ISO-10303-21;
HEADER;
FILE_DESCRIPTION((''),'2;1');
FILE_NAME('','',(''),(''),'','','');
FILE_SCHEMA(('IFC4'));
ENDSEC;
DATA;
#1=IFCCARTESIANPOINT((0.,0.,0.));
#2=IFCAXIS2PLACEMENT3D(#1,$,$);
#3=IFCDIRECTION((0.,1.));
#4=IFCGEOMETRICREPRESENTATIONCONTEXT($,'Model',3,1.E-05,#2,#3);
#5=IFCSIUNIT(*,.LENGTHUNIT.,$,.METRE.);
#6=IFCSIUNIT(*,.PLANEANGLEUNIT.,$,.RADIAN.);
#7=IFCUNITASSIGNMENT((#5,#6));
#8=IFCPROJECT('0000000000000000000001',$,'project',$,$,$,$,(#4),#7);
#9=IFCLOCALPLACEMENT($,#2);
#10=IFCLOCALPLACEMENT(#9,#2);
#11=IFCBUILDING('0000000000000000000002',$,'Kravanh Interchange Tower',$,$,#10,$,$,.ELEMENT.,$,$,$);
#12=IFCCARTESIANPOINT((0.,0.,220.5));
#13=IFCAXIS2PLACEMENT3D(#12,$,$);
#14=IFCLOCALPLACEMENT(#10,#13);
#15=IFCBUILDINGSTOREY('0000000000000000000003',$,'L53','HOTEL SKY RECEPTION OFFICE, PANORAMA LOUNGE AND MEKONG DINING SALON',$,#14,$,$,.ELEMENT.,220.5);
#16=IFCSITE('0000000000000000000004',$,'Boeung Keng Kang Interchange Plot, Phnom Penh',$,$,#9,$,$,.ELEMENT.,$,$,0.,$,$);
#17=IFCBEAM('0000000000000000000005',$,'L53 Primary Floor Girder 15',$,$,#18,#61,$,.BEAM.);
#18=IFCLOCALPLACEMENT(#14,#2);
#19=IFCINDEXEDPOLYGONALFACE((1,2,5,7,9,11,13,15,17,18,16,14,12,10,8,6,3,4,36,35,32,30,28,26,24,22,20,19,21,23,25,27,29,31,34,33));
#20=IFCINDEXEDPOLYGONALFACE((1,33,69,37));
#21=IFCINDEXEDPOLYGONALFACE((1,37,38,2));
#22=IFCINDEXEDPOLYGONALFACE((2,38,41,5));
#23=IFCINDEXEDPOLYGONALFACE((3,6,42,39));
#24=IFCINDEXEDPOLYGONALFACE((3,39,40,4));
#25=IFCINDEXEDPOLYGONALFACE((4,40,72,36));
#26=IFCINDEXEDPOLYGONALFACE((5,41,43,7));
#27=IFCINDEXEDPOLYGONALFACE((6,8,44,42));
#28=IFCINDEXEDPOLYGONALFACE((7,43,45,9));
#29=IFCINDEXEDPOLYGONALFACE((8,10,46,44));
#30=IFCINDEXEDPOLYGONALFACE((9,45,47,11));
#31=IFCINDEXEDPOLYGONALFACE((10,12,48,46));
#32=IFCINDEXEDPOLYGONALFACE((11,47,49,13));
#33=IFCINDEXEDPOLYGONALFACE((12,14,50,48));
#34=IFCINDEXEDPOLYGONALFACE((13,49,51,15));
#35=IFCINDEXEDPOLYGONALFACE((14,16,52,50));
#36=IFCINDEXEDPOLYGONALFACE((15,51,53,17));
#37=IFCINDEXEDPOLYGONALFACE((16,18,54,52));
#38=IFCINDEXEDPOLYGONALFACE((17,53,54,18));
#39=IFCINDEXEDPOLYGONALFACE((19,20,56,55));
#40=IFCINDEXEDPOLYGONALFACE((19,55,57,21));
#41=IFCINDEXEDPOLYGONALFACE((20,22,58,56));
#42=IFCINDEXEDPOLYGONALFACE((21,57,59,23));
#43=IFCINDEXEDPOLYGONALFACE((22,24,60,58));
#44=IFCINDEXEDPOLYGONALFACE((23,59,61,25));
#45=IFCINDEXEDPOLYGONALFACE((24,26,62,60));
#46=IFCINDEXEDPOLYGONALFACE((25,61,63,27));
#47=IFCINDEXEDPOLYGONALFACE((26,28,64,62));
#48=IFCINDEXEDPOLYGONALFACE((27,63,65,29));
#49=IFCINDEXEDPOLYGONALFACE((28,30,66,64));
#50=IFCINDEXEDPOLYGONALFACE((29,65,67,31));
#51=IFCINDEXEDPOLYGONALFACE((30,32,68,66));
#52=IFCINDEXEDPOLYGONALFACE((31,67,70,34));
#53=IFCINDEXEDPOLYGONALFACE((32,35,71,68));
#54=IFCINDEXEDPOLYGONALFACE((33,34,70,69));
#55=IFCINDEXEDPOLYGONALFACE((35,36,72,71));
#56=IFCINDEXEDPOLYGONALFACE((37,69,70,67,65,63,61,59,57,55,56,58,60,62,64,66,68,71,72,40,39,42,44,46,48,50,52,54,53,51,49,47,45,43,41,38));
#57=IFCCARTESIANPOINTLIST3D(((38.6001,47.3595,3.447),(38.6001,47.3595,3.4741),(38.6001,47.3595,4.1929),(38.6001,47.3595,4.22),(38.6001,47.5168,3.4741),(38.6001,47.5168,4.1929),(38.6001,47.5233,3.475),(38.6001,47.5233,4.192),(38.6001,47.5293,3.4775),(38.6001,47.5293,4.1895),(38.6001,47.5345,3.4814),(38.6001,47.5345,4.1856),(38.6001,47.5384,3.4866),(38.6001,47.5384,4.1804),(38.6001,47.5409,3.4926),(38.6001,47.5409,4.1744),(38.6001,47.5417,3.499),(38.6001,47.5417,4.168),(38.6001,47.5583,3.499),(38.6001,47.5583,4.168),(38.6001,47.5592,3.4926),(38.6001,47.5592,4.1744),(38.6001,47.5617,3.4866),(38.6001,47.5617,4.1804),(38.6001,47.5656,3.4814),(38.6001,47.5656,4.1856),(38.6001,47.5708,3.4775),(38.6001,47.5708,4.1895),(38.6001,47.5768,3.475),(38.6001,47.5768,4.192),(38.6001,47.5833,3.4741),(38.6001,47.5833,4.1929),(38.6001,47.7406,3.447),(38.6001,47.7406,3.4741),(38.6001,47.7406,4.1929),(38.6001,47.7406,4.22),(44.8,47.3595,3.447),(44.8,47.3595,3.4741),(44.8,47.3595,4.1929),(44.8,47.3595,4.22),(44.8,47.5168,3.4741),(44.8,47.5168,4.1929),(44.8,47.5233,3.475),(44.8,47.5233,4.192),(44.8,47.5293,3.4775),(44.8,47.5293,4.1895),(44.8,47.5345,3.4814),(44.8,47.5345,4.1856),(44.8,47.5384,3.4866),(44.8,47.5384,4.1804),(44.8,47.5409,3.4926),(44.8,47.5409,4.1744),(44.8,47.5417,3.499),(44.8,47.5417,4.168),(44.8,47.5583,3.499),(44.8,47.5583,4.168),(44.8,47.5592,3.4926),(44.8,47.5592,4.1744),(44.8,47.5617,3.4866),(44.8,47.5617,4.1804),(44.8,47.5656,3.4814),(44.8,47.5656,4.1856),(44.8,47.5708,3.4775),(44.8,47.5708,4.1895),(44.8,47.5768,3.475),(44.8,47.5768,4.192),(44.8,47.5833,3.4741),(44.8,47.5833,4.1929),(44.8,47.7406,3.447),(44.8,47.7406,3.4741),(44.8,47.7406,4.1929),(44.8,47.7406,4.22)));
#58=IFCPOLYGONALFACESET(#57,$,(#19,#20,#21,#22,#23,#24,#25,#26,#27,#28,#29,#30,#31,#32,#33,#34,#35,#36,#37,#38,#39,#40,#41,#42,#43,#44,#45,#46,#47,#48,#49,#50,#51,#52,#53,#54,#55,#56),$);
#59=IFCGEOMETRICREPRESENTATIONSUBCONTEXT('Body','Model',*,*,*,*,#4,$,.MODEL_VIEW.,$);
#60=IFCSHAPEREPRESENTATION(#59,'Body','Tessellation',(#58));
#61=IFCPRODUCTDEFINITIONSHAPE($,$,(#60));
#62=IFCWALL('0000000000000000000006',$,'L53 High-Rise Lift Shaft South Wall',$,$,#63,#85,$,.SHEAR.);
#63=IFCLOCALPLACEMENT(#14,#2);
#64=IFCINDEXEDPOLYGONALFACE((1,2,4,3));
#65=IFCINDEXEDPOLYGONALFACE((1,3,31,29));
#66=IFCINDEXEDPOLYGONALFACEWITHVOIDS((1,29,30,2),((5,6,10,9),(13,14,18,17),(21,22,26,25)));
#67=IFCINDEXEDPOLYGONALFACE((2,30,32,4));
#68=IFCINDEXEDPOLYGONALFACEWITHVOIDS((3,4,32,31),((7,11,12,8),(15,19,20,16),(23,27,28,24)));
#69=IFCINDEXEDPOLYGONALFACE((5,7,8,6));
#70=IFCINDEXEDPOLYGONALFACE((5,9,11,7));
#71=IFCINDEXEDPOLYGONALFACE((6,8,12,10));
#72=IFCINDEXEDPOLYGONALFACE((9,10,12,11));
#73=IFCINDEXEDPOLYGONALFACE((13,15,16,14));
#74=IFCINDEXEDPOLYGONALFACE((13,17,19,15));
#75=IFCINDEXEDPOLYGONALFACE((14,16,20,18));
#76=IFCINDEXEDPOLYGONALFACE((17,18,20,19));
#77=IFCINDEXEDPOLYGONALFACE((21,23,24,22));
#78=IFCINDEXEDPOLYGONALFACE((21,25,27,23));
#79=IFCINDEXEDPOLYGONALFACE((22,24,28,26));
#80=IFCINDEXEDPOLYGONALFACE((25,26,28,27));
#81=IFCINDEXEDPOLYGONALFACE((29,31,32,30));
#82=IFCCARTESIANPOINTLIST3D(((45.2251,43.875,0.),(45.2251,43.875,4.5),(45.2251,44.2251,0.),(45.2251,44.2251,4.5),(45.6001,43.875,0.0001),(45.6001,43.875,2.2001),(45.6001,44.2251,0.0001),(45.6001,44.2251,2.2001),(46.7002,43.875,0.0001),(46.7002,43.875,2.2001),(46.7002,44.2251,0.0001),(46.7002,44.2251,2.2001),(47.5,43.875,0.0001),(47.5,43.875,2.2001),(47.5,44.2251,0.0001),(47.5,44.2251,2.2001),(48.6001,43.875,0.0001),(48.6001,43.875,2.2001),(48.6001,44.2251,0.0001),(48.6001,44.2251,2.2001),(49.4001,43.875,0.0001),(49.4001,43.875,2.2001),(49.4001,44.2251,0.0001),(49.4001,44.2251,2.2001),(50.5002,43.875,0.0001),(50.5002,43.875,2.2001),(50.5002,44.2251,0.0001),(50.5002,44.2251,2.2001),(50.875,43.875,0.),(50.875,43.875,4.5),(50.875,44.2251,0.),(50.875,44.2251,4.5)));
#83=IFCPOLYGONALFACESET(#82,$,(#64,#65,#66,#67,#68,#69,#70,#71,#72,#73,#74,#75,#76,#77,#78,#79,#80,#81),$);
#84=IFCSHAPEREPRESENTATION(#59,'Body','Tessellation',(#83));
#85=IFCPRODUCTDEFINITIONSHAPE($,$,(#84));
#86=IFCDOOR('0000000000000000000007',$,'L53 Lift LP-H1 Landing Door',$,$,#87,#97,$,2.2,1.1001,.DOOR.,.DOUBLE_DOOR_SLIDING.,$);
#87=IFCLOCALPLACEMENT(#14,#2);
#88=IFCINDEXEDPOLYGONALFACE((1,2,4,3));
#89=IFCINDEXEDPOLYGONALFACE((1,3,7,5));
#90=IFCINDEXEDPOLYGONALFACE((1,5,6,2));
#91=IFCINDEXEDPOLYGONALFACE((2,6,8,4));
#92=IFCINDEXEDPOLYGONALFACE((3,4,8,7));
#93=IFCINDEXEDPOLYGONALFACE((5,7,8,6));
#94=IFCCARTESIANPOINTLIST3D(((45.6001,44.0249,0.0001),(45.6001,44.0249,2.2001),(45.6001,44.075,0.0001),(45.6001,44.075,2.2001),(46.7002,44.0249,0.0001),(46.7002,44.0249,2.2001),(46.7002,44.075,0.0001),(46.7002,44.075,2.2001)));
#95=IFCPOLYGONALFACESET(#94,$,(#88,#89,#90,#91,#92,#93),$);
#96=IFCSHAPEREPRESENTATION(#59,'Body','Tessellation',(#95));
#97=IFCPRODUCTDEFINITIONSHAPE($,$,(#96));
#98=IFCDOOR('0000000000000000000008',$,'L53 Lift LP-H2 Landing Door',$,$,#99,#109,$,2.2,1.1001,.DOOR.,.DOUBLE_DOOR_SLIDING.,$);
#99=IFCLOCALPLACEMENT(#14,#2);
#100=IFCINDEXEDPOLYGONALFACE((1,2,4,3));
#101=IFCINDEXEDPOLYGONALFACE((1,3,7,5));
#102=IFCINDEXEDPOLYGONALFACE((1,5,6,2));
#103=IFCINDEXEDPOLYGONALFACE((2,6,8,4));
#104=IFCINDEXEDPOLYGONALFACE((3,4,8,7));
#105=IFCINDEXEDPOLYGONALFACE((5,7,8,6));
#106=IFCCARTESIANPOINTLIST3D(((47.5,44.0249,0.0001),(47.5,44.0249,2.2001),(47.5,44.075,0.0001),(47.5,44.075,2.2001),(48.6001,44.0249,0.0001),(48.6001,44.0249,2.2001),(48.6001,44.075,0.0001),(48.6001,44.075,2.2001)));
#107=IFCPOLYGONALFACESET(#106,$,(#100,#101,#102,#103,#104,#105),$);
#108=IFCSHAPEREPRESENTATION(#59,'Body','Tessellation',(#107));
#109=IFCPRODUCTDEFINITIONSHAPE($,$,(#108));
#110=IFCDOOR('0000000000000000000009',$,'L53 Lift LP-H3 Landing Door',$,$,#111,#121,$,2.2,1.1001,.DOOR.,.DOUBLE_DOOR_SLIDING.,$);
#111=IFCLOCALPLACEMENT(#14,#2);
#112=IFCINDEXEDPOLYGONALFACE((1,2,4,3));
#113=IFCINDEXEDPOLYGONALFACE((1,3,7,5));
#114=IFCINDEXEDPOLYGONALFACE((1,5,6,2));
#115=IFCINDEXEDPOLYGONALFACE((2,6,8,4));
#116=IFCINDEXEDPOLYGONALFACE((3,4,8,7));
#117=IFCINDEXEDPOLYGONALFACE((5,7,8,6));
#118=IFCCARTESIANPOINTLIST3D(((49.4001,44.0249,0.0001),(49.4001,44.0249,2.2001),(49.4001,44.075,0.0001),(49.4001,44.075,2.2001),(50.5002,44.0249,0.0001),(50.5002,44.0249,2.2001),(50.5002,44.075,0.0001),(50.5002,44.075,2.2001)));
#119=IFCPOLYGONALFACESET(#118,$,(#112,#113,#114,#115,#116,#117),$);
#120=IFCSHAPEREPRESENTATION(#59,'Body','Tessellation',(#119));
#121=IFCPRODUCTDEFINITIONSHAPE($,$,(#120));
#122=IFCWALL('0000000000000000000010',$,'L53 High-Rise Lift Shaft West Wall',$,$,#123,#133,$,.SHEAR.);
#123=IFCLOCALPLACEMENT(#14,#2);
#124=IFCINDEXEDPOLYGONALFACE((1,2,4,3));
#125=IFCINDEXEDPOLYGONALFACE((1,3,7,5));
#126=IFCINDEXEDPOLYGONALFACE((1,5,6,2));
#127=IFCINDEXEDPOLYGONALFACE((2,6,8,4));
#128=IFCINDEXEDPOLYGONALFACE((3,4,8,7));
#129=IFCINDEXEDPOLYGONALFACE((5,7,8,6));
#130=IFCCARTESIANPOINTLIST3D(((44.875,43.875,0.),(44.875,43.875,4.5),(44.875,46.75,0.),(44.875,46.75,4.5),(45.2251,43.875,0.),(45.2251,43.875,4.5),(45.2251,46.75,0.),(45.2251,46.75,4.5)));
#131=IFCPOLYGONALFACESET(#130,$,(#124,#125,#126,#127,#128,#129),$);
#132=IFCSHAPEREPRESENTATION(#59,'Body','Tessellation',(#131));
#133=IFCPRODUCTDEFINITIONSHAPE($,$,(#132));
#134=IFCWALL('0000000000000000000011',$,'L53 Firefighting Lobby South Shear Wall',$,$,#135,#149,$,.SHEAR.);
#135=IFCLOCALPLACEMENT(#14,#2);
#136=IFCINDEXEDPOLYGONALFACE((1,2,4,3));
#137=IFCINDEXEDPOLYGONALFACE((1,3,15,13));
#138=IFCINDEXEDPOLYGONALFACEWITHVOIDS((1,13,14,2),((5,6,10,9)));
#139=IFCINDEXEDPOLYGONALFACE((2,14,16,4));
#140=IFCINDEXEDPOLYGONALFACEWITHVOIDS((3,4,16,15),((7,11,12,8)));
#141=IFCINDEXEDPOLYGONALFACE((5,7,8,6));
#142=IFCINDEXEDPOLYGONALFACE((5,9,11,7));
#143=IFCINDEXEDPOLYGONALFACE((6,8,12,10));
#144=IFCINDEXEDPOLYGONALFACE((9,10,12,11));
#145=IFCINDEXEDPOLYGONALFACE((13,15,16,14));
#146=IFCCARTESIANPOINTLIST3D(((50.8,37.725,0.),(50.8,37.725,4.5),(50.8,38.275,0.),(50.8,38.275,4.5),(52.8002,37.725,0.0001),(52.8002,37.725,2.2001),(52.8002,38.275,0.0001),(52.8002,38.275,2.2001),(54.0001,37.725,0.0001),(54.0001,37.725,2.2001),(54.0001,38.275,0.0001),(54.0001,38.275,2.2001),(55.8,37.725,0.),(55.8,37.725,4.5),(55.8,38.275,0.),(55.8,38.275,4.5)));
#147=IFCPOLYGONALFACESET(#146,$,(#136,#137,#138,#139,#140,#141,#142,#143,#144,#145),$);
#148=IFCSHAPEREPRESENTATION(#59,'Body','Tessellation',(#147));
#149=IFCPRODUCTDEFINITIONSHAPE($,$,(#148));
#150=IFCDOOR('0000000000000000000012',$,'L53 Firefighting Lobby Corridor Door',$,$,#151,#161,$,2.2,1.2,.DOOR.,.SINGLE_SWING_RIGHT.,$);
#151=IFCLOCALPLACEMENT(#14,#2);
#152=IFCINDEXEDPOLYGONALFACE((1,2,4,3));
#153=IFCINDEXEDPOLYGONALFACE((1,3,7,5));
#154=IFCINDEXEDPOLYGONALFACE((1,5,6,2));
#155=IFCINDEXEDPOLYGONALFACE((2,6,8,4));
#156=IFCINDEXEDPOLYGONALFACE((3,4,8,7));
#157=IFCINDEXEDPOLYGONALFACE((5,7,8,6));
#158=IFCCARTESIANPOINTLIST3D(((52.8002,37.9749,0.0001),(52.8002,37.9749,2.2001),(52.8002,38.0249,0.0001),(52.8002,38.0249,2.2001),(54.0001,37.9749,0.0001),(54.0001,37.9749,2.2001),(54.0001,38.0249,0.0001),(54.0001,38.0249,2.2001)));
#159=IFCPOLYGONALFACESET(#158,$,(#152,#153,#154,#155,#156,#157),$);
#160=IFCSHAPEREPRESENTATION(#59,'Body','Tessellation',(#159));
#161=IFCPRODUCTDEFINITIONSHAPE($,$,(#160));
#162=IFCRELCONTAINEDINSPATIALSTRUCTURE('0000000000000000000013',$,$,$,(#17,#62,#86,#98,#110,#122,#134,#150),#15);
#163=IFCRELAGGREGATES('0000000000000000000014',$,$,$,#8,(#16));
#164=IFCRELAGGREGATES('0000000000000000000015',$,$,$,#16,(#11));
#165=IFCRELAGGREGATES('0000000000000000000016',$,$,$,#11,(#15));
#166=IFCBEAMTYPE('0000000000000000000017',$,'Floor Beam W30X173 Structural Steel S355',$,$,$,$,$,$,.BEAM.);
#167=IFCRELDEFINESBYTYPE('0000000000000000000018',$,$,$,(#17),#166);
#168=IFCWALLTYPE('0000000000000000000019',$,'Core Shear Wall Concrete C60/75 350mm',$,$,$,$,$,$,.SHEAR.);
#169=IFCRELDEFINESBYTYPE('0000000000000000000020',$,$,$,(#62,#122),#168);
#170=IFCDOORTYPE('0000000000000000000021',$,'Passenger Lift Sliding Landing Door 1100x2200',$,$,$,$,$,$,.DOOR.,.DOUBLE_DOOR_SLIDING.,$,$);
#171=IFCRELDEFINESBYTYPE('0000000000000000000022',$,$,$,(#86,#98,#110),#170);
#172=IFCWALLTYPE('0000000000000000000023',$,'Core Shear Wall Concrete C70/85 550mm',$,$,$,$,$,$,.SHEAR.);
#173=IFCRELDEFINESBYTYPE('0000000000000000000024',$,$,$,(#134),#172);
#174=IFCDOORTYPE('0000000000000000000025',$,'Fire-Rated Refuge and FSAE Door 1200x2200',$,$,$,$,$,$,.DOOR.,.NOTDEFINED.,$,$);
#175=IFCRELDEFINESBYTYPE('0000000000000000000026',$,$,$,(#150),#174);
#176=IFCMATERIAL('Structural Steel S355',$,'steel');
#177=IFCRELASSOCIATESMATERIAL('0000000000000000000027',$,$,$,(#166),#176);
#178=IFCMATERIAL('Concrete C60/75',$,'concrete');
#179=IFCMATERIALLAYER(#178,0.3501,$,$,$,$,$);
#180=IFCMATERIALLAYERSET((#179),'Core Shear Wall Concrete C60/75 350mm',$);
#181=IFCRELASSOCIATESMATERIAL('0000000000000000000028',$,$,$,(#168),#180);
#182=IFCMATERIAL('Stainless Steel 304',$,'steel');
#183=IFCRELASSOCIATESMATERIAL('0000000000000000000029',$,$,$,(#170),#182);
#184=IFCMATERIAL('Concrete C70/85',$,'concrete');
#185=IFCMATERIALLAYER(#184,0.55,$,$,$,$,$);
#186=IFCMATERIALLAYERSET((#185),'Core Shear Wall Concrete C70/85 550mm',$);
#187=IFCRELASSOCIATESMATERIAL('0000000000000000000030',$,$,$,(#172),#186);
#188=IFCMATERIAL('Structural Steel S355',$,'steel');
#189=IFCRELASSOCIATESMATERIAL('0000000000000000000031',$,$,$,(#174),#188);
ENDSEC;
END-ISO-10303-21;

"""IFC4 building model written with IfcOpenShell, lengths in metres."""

from ifc_helpers import new_model, si_unit, direction, frame, frame_2d, origin, origin_2d, place, context, subcontext, project, spatial, rectangle, i_section, extrude, material, layer, layer_set, material_profile, profile_set, type_object, element, fill, save


model = new_model("IFC4")

# Units and contexts
model_context = context("Model", 3, precision=1e-05, world=origin(), true_north=direction((0.0, 1.0)))
body_context = subcontext(model_context, "Body", "Model", "MODEL_VIEW")
ifc_project = project(units=[si_unit("LENGTHUNIT", "METRE"), si_unit("PLANEANGLEUNIT", "RADIAN")], contexts=[model_context])

# Site, building, storey
site_placement = place(None, origin())
site = spatial("IfcSite", under=ifc_project, at=site_placement, Name="Boeung Keng Kang Interchange Plot, Phnom Penh", CompositionType="ELEMENT", RefElevation=0.0)
building_placement = place(site_placement, origin())
building = spatial("IfcBuilding", under=site, at=building_placement, Name="Kravanh Interchange Tower", CompositionType="ELEMENT")
storey_placement = place(building_placement, frame((0.0, 0.0, 220.5)))
storey = spatial("IfcBuildingStorey", under=building, at=storey_placement, Name="L53", Description="HOTEL SKY RECEPTION OFFICE, PANORAMA LOUNGE AND MEKONG DINING SALON", CompositionType="ELEMENT", Elevation=220.5)

# Beam
ifc_material_1 = material(Name="Structural Steel S355", Category="steel")
ifc_material_profile_1 = material_profile(ifc_material_1, i_section(OverallWidth=0.3811, OverallDepth=0.7729, WebThickness=0.0166, FlangeThickness=0.0271, FilletRadius=0.0249, at=origin_2d()), Name="W30X173")
ifc_profile_set_1 = profile_set([ifc_material_profile_1], Name="Structural Steel S355")
beam_type = type_object("IfcBeamType", Name="Floor Beam W30X173 Structural Steel S355", PredefinedType="BEAM", material=ifc_profile_set_1)
beam_1_placement = place(storey_placement, frame((44.8, 47.55, 3.8335), z_axis=(-1.0, 0.0, 0.0), x_axis=(0.0, -1.0, 0.0)))
element("IfcBeam", 1, at=beam_1_placement, inside=storey, type_object=beam_type, Name="L53 Primary Floor Girder 15", PredefinedType="BEAM", context=body_context, shape_type="SweptSolid", body=[
    extrude(i_section(OverallWidth=0.3811, OverallDepth=0.7729, WebThickness=0.0166, FlangeThickness=0.0271, FilletRadius=0.0249, at=origin_2d()), origin(), (0.0, 0.0, 1.0), 6.2),
])

# Wall, openings, doors
ifc_material_2 = material(Name="Concrete C60/75", Category="concrete")
ifc_layer_1 = layer(ifc_material_2, 0.3501)
ifc_layer_set_1 = layer_set([ifc_layer_1], Name="Core Shear Wall Concrete C60/75 350mm")
wall_type_1 = type_object("IfcWallType", Name="Core Shear Wall Concrete C60/75 350mm", PredefinedType="SHEAR", material=ifc_layer_set_1)
wall_1_placement = place(storey_placement, frame((45.2251, 44.05, 0.0), z_axis=(0.0, 0.0, 1.0), x_axis=(1.0, 0.0, 0.0)))
wall_1 = element("IfcWall", 2, at=wall_1_placement, inside=storey, type_object=wall_type_1, Name="L53 High-Rise Lift Shaft South Wall", PredefinedType="SHEAR", context=body_context, shape_type="SweptSolid", body=[
    extrude(rectangle(XDim=5.6499, YDim=0.3501, at=frame_2d((2.825, 0.0))), origin(), (0.0, 0.0, 1.0), 4.5),
])
opening_1_placement = place(wall_1_placement, frame((0.375, 0.0, 0.0)))
opening_1 = element("IfcOpeningElement", 3, at=opening_1_placement, cuts=wall_1, PredefinedType="OPENING", context=body_context, shape_type="SweptSolid", body=[
    extrude(rectangle(XDim=1.1001, YDim=2.2, at=frame_2d((0.55, 1.1001))), frame((0.0, 0.1851, 0.0), z_axis=(0.0, -1.0, 0.0), x_axis=(1.0, 0.0, 0.0)), (0.0, 0.0, 1.0), 0.3701),
])
opening_2_placement = place(wall_1_placement, frame((2.2749, 0.0, 0.0)))
opening_2 = element("IfcOpeningElement", 4, at=opening_2_placement, cuts=wall_1, PredefinedType="OPENING", context=body_context, shape_type="SweptSolid", body=[
    extrude(rectangle(XDim=1.1001, YDim=2.2, at=frame_2d((0.55, 1.1001))), frame((0.0, 0.1851, 0.0), z_axis=(0.0, -1.0, 0.0), x_axis=(1.0, 0.0, 0.0)), (0.0, 0.0, 1.0), 0.3701),
])
opening_3_placement = place(wall_1_placement, frame((4.175, 0.0, 0.0)))
opening_3 = element("IfcOpeningElement", 5, at=opening_3_placement, cuts=wall_1, PredefinedType="OPENING", context=body_context, shape_type="SweptSolid", body=[
    extrude(rectangle(XDim=1.1001, YDim=2.2, at=frame_2d((0.55, 1.1001))), frame((0.0, 0.1851, 0.0), z_axis=(0.0, -1.0, 0.0), x_axis=(1.0, 0.0, 0.0)), (0.0, 0.0, 1.0), 0.3701),
])
ifc_material_3 = material(Name="Stainless Steel 304", Category="steel")
door_type_1 = type_object("IfcDoorType", Name="Passenger Lift Sliding Landing Door 1100x2200", OperationType="DOUBLE_DOOR_SLIDING", PredefinedType="DOOR", material=ifc_material_3)
door_1_placement = place(opening_1_placement, origin())
door_1 = element("IfcDoor", 6, at=door_1_placement, inside=storey, type_object=door_type_1, Name="L53 Lift LP-H1 Landing Door", OperationType="DOUBLE_DOOR_SLIDING", OverallHeight=2.2, OverallWidth=1.1001, PredefinedType="DOOR", context=body_context, shape_type="SweptSolid", body=[
    extrude(rectangle(XDim=1.1001, YDim=2.2, at=frame_2d((0.55, 1.1001))), frame((0.0, 0.0249, 0.0), z_axis=(0.0, -1.0, 0.0), x_axis=(1.0, 0.0, 0.0)), (0.0, 0.0, 1.0), 0.05),
])
fill(opening_1, door_1)
door_2_placement = place(opening_2_placement, origin())
door_2 = element("IfcDoor", 7, at=door_2_placement, inside=storey, type_object=door_type_1, Name="L53 Lift LP-H2 Landing Door", OperationType="DOUBLE_DOOR_SLIDING", OverallHeight=2.2, OverallWidth=1.1001, PredefinedType="DOOR", context=body_context, shape_type="SweptSolid", body=[
    extrude(rectangle(XDim=1.1001, YDim=2.2, at=frame_2d((0.55, 1.1001))), frame((0.0, 0.0249, 0.0), z_axis=(0.0, -1.0, 0.0), x_axis=(1.0, 0.0, 0.0)), (0.0, 0.0, 1.0), 0.05),
])
fill(opening_2, door_2)
door_3_placement = place(opening_3_placement, origin())
door_3 = element("IfcDoor", 8, at=door_3_placement, inside=storey, type_object=door_type_1, Name="L53 Lift LP-H3 Landing Door", OperationType="DOUBLE_DOOR_SLIDING", OverallHeight=2.2, OverallWidth=1.1001, PredefinedType="DOOR", context=body_context, shape_type="SweptSolid", body=[
    extrude(rectangle(XDim=1.1001, YDim=2.2, at=frame_2d((0.55, 1.1001))), frame((0.0, 0.0249, 0.0), z_axis=(0.0, -1.0, 0.0), x_axis=(1.0, 0.0, 0.0)), (0.0, 0.0, 1.0), 0.05),
])
fill(opening_3, door_3)

# Wall
wall_2_placement = place(storey_placement, frame((45.05, 43.875, 0.0), z_axis=(0.0, 0.0, 1.0), x_axis=(0.0, 1.0, 0.0)))
element("IfcWall", 9, at=wall_2_placement, inside=storey, type_object=wall_type_1, Name="L53 High-Rise Lift Shaft West Wall", PredefinedType="SHEAR", context=body_context, shape_type="SweptSolid", body=[
    extrude(rectangle(XDim=2.875, YDim=0.3501, at=frame_2d((1.4375, 0.0))), origin(), (0.0, 0.0, 1.0), 4.5),
])

# Wall, opening, door
ifc_material_4 = material(Name="Concrete C70/85", Category="concrete")
ifc_layer_2 = layer(ifc_material_4, 0.55)
ifc_layer_set_2 = layer_set([ifc_layer_2], Name="Core Shear Wall Concrete C70/85 550mm")
wall_type_2 = type_object("IfcWallType", Name="Core Shear Wall Concrete C70/85 550mm", PredefinedType="SHEAR", material=ifc_layer_set_2)
wall_3_placement = place(storey_placement, frame((50.8, 38.0, 0.0), z_axis=(0.0, 0.0, 1.0), x_axis=(1.0, 0.0, 0.0)))
wall_3 = element("IfcWall", 10, at=wall_3_placement, inside=storey, type_object=wall_type_2, Name="L53 Firefighting Lobby South Shear Wall", PredefinedType="SHEAR", context=body_context, shape_type="SweptSolid", body=[
    extrude(rectangle(XDim=5.0, YDim=0.55, at=frame_2d((2.5, 0.0))), origin(), (0.0, 0.0, 1.0), 4.5),
])
opening_4_placement = place(wall_3_placement, frame((2.0, 0.0, 0.0)))
opening_4 = element("IfcOpeningElement", 11, at=opening_4_placement, cuts=wall_3, PredefinedType="OPENING", context=body_context, shape_type="SweptSolid", body=[
    extrude(rectangle(XDim=1.2, YDim=2.2, at=frame_2d((0.6001, 1.1001))), frame((0.0, 0.2852, 0.0), z_axis=(0.0, -1.0, 0.0), x_axis=(1.0, 0.0, 0.0)), (0.0, 0.0, 1.0), 0.5701),
])
ifc_material_5 = material(Name="Structural Steel S355", Category="steel")
door_type_2 = type_object("IfcDoorType", Name="Fire-Rated Refuge and FSAE Door 1200x2200", OperationType="NOTDEFINED", PredefinedType="DOOR", material=ifc_material_5)
door_4_placement = place(opening_4_placement, origin())
door_4 = element("IfcDoor", 12, at=door_4_placement, inside=storey, type_object=door_type_2, Name="L53 Firefighting Lobby Corridor Door", OperationType="SINGLE_SWING_RIGHT", OverallHeight=2.2, OverallWidth=1.2, PredefinedType="DOOR", context=body_context, shape_type="SweptSolid", body=[
    extrude(rectangle(XDim=1.2, YDim=2.2, at=frame_2d((0.6001, 1.1001))), frame((0.0, 0.0249, 0.0), z_axis=(0.0, -1.0, 0.0), x_axis=(1.0, 0.0, 0.0)), (0.0, 0.0, 1.0), 0.05),
])
fill(opening_4, door_4)

save(model, "model.ifc")
